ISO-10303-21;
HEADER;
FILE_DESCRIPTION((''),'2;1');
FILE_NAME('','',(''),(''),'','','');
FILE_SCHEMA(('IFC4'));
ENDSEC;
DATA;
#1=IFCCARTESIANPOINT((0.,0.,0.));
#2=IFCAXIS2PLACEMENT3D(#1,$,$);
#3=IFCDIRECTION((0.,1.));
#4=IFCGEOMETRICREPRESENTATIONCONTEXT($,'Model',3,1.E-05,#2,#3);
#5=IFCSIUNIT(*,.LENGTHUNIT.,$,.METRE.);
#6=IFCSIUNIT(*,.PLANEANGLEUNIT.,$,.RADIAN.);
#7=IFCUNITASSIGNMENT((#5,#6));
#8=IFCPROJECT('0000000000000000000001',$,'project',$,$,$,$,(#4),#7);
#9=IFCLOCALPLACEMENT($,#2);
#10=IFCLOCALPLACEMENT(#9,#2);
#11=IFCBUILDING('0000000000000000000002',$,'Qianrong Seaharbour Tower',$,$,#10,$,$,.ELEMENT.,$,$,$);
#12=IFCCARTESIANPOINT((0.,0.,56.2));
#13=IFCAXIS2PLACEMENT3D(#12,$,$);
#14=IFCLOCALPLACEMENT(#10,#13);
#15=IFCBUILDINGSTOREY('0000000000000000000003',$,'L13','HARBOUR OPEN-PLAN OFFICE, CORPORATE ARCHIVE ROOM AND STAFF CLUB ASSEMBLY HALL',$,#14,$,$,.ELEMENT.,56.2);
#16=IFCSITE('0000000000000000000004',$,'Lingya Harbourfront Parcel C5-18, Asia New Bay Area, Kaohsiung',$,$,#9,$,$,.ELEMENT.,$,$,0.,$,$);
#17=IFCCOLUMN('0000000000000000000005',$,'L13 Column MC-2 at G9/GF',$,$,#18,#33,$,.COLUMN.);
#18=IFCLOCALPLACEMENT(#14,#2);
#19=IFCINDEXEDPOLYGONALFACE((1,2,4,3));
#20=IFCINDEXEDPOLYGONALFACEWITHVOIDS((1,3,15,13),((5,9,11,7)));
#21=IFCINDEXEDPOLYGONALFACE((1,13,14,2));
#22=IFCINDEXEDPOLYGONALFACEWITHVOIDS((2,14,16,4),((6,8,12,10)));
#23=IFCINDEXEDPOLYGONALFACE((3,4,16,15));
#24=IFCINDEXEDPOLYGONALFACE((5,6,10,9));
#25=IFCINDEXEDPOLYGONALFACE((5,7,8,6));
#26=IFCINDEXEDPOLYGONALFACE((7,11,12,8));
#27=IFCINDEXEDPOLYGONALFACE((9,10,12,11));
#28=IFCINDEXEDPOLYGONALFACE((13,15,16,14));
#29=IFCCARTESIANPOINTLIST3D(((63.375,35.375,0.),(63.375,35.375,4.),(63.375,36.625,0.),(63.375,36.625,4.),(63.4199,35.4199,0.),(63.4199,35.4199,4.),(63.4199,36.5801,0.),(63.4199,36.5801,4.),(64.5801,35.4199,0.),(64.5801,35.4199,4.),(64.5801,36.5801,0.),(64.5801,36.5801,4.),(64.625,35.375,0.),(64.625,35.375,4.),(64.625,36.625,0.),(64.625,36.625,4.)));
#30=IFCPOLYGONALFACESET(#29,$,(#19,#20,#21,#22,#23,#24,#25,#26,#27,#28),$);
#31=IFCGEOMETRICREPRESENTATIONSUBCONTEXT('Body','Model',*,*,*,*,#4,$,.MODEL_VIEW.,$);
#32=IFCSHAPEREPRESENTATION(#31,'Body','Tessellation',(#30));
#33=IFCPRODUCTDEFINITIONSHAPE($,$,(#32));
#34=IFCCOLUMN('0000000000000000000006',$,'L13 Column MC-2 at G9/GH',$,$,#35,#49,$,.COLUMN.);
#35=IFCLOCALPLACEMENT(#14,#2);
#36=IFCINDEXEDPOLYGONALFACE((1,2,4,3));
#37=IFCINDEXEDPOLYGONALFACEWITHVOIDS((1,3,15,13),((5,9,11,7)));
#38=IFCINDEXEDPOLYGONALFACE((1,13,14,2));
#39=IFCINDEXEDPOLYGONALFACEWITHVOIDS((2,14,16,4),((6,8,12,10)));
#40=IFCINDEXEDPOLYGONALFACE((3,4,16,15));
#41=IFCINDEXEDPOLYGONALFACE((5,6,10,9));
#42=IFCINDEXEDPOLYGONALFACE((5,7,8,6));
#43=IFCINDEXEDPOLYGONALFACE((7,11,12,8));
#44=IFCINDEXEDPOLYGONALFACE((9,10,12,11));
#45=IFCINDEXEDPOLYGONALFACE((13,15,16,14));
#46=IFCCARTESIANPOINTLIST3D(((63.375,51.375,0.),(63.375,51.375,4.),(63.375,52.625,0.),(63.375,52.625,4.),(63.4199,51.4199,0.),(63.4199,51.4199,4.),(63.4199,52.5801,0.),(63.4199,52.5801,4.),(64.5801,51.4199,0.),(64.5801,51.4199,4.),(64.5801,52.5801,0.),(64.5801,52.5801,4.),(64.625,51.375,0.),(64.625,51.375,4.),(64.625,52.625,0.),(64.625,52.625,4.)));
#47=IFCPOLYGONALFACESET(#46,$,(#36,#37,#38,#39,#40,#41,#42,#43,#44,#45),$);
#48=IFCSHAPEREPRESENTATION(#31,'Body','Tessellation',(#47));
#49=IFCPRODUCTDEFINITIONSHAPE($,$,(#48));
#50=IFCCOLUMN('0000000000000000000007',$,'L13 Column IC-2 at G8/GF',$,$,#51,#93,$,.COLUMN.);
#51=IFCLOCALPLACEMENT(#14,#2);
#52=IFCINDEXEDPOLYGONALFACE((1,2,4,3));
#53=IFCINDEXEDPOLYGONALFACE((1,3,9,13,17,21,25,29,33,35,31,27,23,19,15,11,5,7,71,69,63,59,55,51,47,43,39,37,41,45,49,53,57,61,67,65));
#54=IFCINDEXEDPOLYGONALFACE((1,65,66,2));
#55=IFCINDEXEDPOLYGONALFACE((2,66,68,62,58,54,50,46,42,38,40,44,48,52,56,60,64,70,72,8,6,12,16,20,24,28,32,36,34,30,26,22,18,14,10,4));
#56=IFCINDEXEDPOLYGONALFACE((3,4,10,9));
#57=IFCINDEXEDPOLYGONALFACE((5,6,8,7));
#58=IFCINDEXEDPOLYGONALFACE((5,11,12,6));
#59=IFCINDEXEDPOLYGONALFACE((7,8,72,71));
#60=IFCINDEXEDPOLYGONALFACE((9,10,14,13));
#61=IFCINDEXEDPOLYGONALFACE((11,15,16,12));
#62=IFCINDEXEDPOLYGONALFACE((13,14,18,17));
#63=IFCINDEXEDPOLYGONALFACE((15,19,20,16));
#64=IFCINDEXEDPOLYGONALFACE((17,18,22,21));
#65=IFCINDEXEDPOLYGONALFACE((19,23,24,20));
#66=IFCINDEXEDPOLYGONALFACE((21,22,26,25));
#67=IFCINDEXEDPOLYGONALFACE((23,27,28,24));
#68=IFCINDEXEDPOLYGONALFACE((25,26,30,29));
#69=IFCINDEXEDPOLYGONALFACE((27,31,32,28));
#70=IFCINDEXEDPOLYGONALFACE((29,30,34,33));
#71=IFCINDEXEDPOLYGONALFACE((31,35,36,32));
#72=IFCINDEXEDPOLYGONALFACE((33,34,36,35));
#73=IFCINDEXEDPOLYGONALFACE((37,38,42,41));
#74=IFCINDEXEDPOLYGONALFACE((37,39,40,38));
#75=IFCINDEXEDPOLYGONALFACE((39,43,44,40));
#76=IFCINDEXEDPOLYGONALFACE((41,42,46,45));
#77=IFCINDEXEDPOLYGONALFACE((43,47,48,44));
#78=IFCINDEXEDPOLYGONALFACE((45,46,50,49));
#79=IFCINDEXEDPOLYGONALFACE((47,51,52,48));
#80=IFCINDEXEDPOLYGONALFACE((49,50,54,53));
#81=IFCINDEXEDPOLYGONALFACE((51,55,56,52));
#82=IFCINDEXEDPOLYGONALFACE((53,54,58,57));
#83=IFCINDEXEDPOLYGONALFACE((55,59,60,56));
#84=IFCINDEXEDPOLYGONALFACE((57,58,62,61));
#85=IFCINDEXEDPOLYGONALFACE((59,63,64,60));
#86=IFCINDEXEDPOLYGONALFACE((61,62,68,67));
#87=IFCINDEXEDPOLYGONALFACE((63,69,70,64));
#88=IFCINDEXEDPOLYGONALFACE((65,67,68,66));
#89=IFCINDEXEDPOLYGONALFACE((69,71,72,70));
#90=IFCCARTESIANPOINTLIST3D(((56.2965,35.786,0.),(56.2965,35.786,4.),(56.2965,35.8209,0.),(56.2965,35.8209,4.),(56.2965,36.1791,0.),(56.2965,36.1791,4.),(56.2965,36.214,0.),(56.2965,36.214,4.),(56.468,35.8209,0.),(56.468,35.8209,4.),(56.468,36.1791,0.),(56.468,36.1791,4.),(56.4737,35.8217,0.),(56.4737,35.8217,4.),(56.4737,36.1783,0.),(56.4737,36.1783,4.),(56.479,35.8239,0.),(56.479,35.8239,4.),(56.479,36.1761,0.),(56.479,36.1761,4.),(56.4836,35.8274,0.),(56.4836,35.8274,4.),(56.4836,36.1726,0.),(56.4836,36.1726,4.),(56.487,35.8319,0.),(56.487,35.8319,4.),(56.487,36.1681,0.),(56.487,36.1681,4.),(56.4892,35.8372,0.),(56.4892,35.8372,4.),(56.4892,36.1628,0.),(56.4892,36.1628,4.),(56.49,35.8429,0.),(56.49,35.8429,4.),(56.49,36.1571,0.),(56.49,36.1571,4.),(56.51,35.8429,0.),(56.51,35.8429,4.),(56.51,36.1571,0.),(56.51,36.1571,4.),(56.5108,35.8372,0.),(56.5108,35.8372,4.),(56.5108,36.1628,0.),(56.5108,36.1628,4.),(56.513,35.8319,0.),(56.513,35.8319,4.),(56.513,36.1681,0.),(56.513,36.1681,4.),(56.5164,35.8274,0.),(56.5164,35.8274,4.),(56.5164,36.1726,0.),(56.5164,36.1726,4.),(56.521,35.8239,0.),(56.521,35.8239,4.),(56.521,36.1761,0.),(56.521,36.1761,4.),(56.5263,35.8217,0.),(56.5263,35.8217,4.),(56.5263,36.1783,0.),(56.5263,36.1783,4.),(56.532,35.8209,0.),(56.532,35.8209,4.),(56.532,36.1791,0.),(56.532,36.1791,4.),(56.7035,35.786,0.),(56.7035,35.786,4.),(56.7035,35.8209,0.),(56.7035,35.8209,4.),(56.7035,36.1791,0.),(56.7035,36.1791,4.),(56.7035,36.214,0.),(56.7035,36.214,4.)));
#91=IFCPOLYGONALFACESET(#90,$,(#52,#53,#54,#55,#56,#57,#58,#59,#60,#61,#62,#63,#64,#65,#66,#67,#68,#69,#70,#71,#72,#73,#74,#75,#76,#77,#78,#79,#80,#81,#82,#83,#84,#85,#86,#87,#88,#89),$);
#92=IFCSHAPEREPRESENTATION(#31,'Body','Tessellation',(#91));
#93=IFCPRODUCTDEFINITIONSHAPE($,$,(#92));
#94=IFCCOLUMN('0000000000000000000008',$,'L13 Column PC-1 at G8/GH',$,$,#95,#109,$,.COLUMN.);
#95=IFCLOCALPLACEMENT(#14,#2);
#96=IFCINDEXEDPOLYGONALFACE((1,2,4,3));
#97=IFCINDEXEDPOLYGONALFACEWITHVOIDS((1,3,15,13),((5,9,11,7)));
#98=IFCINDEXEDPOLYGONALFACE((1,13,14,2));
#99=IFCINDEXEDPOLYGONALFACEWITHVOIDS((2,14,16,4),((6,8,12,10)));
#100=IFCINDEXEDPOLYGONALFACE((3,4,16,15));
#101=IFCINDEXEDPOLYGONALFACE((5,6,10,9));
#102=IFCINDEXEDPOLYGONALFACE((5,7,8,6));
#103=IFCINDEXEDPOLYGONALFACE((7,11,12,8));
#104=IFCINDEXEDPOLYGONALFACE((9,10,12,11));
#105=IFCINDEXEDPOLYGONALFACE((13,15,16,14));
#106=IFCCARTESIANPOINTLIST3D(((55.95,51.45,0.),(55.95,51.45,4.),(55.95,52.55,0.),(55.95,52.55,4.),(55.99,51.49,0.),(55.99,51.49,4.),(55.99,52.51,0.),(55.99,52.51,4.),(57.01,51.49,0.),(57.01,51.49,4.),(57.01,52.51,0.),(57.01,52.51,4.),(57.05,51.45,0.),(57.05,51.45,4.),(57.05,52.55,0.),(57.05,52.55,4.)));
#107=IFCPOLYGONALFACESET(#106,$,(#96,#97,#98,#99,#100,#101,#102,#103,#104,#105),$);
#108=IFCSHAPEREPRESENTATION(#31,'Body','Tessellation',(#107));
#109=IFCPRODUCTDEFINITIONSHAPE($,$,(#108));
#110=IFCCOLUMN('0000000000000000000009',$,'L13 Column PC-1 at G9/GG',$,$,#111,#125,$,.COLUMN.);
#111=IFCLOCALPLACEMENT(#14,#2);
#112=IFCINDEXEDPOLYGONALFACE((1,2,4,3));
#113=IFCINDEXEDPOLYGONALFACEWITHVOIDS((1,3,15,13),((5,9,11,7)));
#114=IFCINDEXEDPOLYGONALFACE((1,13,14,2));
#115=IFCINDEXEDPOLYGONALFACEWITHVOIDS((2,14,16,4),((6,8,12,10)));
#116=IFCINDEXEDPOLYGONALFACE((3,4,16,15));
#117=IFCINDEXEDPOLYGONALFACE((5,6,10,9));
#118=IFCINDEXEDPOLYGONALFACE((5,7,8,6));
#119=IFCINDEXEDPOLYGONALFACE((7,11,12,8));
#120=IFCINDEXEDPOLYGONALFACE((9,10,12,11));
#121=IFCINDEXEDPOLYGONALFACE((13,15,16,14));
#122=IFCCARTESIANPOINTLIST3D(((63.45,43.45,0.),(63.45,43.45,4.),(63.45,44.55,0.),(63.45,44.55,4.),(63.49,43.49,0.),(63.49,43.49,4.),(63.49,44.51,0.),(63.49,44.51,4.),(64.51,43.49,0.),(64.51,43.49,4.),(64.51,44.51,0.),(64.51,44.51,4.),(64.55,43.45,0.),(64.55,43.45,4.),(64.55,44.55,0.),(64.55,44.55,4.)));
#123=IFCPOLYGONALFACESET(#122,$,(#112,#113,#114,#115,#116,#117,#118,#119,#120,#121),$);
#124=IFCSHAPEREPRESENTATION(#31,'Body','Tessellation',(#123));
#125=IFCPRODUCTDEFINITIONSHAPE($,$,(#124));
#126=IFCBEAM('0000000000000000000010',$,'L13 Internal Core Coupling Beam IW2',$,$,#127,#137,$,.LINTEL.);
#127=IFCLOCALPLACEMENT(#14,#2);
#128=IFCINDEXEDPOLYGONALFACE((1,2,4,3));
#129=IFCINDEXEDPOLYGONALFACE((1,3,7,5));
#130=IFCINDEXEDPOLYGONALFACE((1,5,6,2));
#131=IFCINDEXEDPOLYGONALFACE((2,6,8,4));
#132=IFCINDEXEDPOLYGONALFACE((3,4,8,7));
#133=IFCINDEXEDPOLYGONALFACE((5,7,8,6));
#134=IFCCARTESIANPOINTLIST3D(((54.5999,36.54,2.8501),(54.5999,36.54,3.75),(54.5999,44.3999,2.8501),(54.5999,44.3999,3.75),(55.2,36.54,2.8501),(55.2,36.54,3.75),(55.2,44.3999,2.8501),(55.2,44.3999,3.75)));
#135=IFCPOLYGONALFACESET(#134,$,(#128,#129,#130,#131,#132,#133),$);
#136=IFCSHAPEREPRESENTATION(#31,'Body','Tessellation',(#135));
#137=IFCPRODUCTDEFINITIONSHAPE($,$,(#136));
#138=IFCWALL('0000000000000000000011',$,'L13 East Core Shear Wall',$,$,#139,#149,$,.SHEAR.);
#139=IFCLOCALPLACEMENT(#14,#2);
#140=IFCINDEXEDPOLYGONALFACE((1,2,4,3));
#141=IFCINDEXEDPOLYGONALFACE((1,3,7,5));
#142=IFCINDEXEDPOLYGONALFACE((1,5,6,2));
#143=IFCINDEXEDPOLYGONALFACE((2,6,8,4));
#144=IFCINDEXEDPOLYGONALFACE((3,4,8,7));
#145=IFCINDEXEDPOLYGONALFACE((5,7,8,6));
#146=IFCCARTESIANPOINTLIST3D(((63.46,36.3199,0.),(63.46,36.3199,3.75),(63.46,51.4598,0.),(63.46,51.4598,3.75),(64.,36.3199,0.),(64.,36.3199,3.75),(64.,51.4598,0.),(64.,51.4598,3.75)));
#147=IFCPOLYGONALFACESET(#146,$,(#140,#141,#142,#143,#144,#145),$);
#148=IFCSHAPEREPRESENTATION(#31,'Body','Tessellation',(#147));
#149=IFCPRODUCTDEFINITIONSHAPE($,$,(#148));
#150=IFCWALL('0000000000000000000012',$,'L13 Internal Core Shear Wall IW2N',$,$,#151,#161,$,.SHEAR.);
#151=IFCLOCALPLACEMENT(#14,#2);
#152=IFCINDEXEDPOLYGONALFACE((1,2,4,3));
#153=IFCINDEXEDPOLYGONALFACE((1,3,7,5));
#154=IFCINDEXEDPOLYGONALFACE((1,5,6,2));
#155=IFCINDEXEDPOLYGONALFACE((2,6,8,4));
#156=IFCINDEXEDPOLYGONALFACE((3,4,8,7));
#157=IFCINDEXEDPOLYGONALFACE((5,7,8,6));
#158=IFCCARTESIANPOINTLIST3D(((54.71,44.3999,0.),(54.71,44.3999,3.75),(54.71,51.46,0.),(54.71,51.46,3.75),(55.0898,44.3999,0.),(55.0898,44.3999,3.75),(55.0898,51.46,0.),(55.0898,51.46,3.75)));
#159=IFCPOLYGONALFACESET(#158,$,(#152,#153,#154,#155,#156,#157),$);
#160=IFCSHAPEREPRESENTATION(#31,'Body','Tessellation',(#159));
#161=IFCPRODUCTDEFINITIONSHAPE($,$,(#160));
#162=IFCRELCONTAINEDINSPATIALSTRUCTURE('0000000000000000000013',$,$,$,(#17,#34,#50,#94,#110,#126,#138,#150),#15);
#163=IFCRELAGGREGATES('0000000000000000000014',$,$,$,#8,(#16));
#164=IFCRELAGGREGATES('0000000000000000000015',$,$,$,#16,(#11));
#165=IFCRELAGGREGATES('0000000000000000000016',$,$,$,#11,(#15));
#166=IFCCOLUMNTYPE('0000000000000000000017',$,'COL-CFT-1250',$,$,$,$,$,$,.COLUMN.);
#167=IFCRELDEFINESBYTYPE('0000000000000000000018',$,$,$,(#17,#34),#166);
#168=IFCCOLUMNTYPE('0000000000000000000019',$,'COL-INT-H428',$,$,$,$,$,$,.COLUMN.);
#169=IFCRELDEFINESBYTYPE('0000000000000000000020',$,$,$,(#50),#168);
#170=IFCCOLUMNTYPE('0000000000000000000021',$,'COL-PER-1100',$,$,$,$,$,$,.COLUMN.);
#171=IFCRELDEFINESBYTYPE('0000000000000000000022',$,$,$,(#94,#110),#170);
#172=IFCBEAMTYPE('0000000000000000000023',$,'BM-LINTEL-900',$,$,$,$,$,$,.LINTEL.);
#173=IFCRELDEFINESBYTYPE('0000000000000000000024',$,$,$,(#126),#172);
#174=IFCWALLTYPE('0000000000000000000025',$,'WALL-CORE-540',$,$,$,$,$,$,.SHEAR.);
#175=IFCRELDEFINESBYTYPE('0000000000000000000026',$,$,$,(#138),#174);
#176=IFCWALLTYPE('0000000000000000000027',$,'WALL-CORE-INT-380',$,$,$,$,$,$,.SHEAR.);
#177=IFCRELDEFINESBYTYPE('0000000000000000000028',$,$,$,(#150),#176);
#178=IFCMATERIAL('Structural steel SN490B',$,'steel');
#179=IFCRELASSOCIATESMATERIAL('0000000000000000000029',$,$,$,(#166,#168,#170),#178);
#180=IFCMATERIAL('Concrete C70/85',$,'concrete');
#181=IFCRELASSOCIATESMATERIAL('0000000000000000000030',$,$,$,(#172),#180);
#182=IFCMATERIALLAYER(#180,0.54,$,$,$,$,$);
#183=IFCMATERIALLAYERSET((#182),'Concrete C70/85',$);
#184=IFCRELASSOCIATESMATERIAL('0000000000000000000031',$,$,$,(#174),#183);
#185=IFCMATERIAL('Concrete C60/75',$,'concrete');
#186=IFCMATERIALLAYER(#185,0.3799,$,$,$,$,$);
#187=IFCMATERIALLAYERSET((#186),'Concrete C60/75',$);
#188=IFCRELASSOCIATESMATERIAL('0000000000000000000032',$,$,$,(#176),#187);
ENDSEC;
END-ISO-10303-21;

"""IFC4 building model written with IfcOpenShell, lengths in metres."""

from ifc_helpers import new_model, si_unit, direction, frame, frame_2d, origin, origin_2d, place, context, subcontext, project, spatial, rectangle, hollow_rectangle, i_section, extrude, material, layer, layer_set, material_profile, profile_set, type_object, element, save


model = new_model("IFC4")

# Units and contexts
model_context = context("Model", 3, precision=1e-05, world=origin(), true_north=direction((0.0, 1.0)))
body_context = subcontext(model_context, "Body", "Model", "MODEL_VIEW")
ifc_project = project(units=[si_unit("LENGTHUNIT", "METRE"), si_unit("PLANEANGLEUNIT", "RADIAN")], contexts=[model_context])

# Site, building, storey
site_placement = place(None, origin())
site = spatial("IfcSite", under=ifc_project, at=site_placement, Name="Lingya Harbourfront Parcel C5-18, Asia New Bay Area, Kaohsiung", CompositionType="ELEMENT", RefElevation=0.0)
building_placement = place(site_placement, origin())
building = spatial("IfcBuilding", under=site, at=building_placement, Name="Qianrong Seaharbour Tower", CompositionType="ELEMENT")
storey_placement = place(building_placement, frame((0.0, 0.0, 56.2)))
storey = spatial("IfcBuildingStorey", under=building, at=storey_placement, Name="L13", Description="HARBOUR OPEN-PLAN OFFICE, CORPORATE ARCHIVE ROOM AND STAFF CLUB ASSEMBLY HALL", CompositionType="ELEMENT", Elevation=56.2)

# Columns
ifc_material_1 = material(Name="Structural steel SN490B", Category="steel")
ifc_material_profile_1 = material_profile(ifc_material_1, hollow_rectangle(XDim=1.25, YDim=1.25, WallThickness=0.0449, at=origin_2d()), Name="BOX1250x1250x45")
ifc_profile_set_1 = profile_set([ifc_material_profile_1], Name="Structural steel SN490B")
column_type_1 = type_object("IfcColumnType", Name="COL-CFT-1250", PredefinedType="COLUMN", material=ifc_profile_set_1)
for number, where, z_axis, x_axis, name in (
    (1, (64.0, 36.0, 0.0), (0.0, 0.0, 1.0), (1.0, 0.0, 0.0), "L13 Column MC-2 at G9/GF"),
    (2, (64.0, 52.0, 0.0), (0.0, 0.0, 1.0), (1.0, 0.0, 0.0), "L13 Column MC-2 at G9/GH"),
):
    element("IfcColumn", number, at=place(storey_placement, frame(where, z_axis=z_axis, x_axis=x_axis)), inside=storey, type_object=column_type_1, Name=name, PredefinedType="COLUMN", context=body_context, shape_type="SweptSolid", body=[
        extrude(hollow_rectangle(XDim=1.25, YDim=1.25, WallThickness=0.0449, at=origin_2d()), origin(), (0.0, 0.0, 1.0), 4.0),
    ])
ifc_material_profile_2 = material_profile(ifc_material_1, i_section(OverallWidth=0.407, OverallDepth=0.428, WebThickness=0.02, FlangeThickness=0.0349, FilletRadius=0.022, at=origin_2d()), Name="H428x407x20x35")
ifc_profile_set_2 = profile_set([ifc_material_profile_2], Name="Structural steel SN490B")
column_type_2 = type_object("IfcColumnType", Name="COL-INT-H428", PredefinedType="COLUMN", material=ifc_profile_set_2)
column_placement = place(storey_placement, frame((56.5, 36.0, 0.0), z_axis=(0.0, 0.0, 1.0), x_axis=(1.0, 0.0, 0.0)))
element("IfcColumn", 3, at=column_placement, inside=storey, type_object=column_type_2, Name="L13 Column IC-2 at G8/GF", PredefinedType="COLUMN", context=body_context, shape_type="SweptSolid", body=[
    extrude(i_section(OverallWidth=0.407, OverallDepth=0.428, WebThickness=0.02, FlangeThickness=0.0349, FilletRadius=0.022, at=origin_2d()), origin(), (0.0, 0.0, 1.0), 4.0),
])
ifc_material_profile_3 = material_profile(ifc_material_1, hollow_rectangle(XDim=1.1001, YDim=1.1001, WallThickness=0.04, at=origin_2d()), Name="BOX1100x1100x40")
ifc_profile_set_3 = profile_set([ifc_material_profile_3], Name="Structural steel SN490B")
column_type_3 = type_object("IfcColumnType", Name="COL-PER-1100", PredefinedType="COLUMN", material=ifc_profile_set_3)
for number, where, z_axis, x_axis, name in (
    (4, (56.5, 52.0, 0.0), (0.0, 0.0, 1.0), (1.0, 0.0, 0.0), "L13 Column PC-1 at G8/GH"),
    (5, (64.0, 44.0, 0.0), (0.0, 0.0, 1.0), (1.0, 0.0, 0.0), "L13 Column PC-1 at G9/GG"),
):
    element("IfcColumn", number, at=place(storey_placement, frame(where, z_axis=z_axis, x_axis=x_axis)), inside=storey, type_object=column_type_3, Name=name, PredefinedType="COLUMN", context=body_context, shape_type="SweptSolid", body=[
        extrude(hollow_rectangle(XDim=1.1001, YDim=1.1001, WallThickness=0.04, at=origin_2d()), origin(), (0.0, 0.0, 1.0), 4.0),
    ])

# Beam
ifc_material_2 = material(Name="Concrete C70/85", Category="concrete")
ifc_material_profile_4 = material_profile(ifc_material_2, rectangle(XDim=0.6001, YDim=0.8999, at=origin_2d()), Name="RC600x900")
ifc_profile_set_4 = profile_set([ifc_material_profile_4], Name="Concrete C70/85")
beam_type = type_object("IfcBeamType", Name="BM-LINTEL-900", PredefinedType="LINTEL", material=ifc_profile_set_4)
beam_placement = place(storey_placement, frame((54.8999, 36.54, 3.3), z_axis=(0.0, 1.0, 0.0), x_axis=(-1.0, 0.0, 0.0)))
element("IfcBeam", 6, at=beam_placement, inside=storey, type_object=beam_type, Name="L13 Internal Core Coupling Beam IW2", PredefinedType="LINTEL", context=body_context, shape_type="SweptSolid", body=[
    extrude(rectangle(XDim=0.6001, YDim=0.8999, at=origin_2d()), origin(), (0.0, 0.0, 1.0), 7.8599),
])

# Walls
ifc_layer_1 = layer(ifc_material_2, 0.54)
ifc_layer_set_1 = layer_set([ifc_layer_1], Name="Concrete C70/85")
wall_type_1 = type_object("IfcWallType", Name="WALL-CORE-540", PredefinedType="SHEAR", material=ifc_layer_set_1)
wall_1_placement = place(storey_placement, frame((63.73, 36.3201, 0.0), z_axis=(0.0, 0.0, 1.0), x_axis=(0.0, 1.0, 0.0)))
element("IfcWall", 7, at=wall_1_placement, inside=storey, type_object=wall_type_1, Name="L13 East Core Shear Wall", PredefinedType="SHEAR", context=body_context, shape_type="SweptSolid", body=[
    extrude(rectangle(XDim=15.1399, YDim=0.54, at=frame_2d((7.5698, 0.0))), origin(), (0.0, 0.0, 1.0), 3.75),
])
ifc_material_3 = material(Name="Concrete C60/75", Category="concrete")
ifc_layer_2 = layer(ifc_material_3, 0.3799)
ifc_layer_set_2 = layer_set([ifc_layer_2], Name="Concrete C60/75")
wall_type_2 = type_object("IfcWallType", Name="WALL-CORE-INT-380", PredefinedType="SHEAR", material=ifc_layer_set_2)
wall_2_placement = place(storey_placement, frame((54.8999, 44.3999, 0.0), z_axis=(0.0, 0.0, 1.0), x_axis=(0.0, 1.0, 0.0)))
element("IfcWall", 8, at=wall_2_placement, inside=storey, type_object=wall_type_2, Name="L13 Internal Core Shear Wall IW2N", PredefinedType="SHEAR", context=body_context, shape_type="SweptSolid", body=[
    extrude(rectangle(XDim=7.0601, YDim=0.3799, at=frame_2d((3.53, 0.0))), origin(), (0.0, 0.0, 1.0), 3.75),
])

save(model, "model.ifc")
